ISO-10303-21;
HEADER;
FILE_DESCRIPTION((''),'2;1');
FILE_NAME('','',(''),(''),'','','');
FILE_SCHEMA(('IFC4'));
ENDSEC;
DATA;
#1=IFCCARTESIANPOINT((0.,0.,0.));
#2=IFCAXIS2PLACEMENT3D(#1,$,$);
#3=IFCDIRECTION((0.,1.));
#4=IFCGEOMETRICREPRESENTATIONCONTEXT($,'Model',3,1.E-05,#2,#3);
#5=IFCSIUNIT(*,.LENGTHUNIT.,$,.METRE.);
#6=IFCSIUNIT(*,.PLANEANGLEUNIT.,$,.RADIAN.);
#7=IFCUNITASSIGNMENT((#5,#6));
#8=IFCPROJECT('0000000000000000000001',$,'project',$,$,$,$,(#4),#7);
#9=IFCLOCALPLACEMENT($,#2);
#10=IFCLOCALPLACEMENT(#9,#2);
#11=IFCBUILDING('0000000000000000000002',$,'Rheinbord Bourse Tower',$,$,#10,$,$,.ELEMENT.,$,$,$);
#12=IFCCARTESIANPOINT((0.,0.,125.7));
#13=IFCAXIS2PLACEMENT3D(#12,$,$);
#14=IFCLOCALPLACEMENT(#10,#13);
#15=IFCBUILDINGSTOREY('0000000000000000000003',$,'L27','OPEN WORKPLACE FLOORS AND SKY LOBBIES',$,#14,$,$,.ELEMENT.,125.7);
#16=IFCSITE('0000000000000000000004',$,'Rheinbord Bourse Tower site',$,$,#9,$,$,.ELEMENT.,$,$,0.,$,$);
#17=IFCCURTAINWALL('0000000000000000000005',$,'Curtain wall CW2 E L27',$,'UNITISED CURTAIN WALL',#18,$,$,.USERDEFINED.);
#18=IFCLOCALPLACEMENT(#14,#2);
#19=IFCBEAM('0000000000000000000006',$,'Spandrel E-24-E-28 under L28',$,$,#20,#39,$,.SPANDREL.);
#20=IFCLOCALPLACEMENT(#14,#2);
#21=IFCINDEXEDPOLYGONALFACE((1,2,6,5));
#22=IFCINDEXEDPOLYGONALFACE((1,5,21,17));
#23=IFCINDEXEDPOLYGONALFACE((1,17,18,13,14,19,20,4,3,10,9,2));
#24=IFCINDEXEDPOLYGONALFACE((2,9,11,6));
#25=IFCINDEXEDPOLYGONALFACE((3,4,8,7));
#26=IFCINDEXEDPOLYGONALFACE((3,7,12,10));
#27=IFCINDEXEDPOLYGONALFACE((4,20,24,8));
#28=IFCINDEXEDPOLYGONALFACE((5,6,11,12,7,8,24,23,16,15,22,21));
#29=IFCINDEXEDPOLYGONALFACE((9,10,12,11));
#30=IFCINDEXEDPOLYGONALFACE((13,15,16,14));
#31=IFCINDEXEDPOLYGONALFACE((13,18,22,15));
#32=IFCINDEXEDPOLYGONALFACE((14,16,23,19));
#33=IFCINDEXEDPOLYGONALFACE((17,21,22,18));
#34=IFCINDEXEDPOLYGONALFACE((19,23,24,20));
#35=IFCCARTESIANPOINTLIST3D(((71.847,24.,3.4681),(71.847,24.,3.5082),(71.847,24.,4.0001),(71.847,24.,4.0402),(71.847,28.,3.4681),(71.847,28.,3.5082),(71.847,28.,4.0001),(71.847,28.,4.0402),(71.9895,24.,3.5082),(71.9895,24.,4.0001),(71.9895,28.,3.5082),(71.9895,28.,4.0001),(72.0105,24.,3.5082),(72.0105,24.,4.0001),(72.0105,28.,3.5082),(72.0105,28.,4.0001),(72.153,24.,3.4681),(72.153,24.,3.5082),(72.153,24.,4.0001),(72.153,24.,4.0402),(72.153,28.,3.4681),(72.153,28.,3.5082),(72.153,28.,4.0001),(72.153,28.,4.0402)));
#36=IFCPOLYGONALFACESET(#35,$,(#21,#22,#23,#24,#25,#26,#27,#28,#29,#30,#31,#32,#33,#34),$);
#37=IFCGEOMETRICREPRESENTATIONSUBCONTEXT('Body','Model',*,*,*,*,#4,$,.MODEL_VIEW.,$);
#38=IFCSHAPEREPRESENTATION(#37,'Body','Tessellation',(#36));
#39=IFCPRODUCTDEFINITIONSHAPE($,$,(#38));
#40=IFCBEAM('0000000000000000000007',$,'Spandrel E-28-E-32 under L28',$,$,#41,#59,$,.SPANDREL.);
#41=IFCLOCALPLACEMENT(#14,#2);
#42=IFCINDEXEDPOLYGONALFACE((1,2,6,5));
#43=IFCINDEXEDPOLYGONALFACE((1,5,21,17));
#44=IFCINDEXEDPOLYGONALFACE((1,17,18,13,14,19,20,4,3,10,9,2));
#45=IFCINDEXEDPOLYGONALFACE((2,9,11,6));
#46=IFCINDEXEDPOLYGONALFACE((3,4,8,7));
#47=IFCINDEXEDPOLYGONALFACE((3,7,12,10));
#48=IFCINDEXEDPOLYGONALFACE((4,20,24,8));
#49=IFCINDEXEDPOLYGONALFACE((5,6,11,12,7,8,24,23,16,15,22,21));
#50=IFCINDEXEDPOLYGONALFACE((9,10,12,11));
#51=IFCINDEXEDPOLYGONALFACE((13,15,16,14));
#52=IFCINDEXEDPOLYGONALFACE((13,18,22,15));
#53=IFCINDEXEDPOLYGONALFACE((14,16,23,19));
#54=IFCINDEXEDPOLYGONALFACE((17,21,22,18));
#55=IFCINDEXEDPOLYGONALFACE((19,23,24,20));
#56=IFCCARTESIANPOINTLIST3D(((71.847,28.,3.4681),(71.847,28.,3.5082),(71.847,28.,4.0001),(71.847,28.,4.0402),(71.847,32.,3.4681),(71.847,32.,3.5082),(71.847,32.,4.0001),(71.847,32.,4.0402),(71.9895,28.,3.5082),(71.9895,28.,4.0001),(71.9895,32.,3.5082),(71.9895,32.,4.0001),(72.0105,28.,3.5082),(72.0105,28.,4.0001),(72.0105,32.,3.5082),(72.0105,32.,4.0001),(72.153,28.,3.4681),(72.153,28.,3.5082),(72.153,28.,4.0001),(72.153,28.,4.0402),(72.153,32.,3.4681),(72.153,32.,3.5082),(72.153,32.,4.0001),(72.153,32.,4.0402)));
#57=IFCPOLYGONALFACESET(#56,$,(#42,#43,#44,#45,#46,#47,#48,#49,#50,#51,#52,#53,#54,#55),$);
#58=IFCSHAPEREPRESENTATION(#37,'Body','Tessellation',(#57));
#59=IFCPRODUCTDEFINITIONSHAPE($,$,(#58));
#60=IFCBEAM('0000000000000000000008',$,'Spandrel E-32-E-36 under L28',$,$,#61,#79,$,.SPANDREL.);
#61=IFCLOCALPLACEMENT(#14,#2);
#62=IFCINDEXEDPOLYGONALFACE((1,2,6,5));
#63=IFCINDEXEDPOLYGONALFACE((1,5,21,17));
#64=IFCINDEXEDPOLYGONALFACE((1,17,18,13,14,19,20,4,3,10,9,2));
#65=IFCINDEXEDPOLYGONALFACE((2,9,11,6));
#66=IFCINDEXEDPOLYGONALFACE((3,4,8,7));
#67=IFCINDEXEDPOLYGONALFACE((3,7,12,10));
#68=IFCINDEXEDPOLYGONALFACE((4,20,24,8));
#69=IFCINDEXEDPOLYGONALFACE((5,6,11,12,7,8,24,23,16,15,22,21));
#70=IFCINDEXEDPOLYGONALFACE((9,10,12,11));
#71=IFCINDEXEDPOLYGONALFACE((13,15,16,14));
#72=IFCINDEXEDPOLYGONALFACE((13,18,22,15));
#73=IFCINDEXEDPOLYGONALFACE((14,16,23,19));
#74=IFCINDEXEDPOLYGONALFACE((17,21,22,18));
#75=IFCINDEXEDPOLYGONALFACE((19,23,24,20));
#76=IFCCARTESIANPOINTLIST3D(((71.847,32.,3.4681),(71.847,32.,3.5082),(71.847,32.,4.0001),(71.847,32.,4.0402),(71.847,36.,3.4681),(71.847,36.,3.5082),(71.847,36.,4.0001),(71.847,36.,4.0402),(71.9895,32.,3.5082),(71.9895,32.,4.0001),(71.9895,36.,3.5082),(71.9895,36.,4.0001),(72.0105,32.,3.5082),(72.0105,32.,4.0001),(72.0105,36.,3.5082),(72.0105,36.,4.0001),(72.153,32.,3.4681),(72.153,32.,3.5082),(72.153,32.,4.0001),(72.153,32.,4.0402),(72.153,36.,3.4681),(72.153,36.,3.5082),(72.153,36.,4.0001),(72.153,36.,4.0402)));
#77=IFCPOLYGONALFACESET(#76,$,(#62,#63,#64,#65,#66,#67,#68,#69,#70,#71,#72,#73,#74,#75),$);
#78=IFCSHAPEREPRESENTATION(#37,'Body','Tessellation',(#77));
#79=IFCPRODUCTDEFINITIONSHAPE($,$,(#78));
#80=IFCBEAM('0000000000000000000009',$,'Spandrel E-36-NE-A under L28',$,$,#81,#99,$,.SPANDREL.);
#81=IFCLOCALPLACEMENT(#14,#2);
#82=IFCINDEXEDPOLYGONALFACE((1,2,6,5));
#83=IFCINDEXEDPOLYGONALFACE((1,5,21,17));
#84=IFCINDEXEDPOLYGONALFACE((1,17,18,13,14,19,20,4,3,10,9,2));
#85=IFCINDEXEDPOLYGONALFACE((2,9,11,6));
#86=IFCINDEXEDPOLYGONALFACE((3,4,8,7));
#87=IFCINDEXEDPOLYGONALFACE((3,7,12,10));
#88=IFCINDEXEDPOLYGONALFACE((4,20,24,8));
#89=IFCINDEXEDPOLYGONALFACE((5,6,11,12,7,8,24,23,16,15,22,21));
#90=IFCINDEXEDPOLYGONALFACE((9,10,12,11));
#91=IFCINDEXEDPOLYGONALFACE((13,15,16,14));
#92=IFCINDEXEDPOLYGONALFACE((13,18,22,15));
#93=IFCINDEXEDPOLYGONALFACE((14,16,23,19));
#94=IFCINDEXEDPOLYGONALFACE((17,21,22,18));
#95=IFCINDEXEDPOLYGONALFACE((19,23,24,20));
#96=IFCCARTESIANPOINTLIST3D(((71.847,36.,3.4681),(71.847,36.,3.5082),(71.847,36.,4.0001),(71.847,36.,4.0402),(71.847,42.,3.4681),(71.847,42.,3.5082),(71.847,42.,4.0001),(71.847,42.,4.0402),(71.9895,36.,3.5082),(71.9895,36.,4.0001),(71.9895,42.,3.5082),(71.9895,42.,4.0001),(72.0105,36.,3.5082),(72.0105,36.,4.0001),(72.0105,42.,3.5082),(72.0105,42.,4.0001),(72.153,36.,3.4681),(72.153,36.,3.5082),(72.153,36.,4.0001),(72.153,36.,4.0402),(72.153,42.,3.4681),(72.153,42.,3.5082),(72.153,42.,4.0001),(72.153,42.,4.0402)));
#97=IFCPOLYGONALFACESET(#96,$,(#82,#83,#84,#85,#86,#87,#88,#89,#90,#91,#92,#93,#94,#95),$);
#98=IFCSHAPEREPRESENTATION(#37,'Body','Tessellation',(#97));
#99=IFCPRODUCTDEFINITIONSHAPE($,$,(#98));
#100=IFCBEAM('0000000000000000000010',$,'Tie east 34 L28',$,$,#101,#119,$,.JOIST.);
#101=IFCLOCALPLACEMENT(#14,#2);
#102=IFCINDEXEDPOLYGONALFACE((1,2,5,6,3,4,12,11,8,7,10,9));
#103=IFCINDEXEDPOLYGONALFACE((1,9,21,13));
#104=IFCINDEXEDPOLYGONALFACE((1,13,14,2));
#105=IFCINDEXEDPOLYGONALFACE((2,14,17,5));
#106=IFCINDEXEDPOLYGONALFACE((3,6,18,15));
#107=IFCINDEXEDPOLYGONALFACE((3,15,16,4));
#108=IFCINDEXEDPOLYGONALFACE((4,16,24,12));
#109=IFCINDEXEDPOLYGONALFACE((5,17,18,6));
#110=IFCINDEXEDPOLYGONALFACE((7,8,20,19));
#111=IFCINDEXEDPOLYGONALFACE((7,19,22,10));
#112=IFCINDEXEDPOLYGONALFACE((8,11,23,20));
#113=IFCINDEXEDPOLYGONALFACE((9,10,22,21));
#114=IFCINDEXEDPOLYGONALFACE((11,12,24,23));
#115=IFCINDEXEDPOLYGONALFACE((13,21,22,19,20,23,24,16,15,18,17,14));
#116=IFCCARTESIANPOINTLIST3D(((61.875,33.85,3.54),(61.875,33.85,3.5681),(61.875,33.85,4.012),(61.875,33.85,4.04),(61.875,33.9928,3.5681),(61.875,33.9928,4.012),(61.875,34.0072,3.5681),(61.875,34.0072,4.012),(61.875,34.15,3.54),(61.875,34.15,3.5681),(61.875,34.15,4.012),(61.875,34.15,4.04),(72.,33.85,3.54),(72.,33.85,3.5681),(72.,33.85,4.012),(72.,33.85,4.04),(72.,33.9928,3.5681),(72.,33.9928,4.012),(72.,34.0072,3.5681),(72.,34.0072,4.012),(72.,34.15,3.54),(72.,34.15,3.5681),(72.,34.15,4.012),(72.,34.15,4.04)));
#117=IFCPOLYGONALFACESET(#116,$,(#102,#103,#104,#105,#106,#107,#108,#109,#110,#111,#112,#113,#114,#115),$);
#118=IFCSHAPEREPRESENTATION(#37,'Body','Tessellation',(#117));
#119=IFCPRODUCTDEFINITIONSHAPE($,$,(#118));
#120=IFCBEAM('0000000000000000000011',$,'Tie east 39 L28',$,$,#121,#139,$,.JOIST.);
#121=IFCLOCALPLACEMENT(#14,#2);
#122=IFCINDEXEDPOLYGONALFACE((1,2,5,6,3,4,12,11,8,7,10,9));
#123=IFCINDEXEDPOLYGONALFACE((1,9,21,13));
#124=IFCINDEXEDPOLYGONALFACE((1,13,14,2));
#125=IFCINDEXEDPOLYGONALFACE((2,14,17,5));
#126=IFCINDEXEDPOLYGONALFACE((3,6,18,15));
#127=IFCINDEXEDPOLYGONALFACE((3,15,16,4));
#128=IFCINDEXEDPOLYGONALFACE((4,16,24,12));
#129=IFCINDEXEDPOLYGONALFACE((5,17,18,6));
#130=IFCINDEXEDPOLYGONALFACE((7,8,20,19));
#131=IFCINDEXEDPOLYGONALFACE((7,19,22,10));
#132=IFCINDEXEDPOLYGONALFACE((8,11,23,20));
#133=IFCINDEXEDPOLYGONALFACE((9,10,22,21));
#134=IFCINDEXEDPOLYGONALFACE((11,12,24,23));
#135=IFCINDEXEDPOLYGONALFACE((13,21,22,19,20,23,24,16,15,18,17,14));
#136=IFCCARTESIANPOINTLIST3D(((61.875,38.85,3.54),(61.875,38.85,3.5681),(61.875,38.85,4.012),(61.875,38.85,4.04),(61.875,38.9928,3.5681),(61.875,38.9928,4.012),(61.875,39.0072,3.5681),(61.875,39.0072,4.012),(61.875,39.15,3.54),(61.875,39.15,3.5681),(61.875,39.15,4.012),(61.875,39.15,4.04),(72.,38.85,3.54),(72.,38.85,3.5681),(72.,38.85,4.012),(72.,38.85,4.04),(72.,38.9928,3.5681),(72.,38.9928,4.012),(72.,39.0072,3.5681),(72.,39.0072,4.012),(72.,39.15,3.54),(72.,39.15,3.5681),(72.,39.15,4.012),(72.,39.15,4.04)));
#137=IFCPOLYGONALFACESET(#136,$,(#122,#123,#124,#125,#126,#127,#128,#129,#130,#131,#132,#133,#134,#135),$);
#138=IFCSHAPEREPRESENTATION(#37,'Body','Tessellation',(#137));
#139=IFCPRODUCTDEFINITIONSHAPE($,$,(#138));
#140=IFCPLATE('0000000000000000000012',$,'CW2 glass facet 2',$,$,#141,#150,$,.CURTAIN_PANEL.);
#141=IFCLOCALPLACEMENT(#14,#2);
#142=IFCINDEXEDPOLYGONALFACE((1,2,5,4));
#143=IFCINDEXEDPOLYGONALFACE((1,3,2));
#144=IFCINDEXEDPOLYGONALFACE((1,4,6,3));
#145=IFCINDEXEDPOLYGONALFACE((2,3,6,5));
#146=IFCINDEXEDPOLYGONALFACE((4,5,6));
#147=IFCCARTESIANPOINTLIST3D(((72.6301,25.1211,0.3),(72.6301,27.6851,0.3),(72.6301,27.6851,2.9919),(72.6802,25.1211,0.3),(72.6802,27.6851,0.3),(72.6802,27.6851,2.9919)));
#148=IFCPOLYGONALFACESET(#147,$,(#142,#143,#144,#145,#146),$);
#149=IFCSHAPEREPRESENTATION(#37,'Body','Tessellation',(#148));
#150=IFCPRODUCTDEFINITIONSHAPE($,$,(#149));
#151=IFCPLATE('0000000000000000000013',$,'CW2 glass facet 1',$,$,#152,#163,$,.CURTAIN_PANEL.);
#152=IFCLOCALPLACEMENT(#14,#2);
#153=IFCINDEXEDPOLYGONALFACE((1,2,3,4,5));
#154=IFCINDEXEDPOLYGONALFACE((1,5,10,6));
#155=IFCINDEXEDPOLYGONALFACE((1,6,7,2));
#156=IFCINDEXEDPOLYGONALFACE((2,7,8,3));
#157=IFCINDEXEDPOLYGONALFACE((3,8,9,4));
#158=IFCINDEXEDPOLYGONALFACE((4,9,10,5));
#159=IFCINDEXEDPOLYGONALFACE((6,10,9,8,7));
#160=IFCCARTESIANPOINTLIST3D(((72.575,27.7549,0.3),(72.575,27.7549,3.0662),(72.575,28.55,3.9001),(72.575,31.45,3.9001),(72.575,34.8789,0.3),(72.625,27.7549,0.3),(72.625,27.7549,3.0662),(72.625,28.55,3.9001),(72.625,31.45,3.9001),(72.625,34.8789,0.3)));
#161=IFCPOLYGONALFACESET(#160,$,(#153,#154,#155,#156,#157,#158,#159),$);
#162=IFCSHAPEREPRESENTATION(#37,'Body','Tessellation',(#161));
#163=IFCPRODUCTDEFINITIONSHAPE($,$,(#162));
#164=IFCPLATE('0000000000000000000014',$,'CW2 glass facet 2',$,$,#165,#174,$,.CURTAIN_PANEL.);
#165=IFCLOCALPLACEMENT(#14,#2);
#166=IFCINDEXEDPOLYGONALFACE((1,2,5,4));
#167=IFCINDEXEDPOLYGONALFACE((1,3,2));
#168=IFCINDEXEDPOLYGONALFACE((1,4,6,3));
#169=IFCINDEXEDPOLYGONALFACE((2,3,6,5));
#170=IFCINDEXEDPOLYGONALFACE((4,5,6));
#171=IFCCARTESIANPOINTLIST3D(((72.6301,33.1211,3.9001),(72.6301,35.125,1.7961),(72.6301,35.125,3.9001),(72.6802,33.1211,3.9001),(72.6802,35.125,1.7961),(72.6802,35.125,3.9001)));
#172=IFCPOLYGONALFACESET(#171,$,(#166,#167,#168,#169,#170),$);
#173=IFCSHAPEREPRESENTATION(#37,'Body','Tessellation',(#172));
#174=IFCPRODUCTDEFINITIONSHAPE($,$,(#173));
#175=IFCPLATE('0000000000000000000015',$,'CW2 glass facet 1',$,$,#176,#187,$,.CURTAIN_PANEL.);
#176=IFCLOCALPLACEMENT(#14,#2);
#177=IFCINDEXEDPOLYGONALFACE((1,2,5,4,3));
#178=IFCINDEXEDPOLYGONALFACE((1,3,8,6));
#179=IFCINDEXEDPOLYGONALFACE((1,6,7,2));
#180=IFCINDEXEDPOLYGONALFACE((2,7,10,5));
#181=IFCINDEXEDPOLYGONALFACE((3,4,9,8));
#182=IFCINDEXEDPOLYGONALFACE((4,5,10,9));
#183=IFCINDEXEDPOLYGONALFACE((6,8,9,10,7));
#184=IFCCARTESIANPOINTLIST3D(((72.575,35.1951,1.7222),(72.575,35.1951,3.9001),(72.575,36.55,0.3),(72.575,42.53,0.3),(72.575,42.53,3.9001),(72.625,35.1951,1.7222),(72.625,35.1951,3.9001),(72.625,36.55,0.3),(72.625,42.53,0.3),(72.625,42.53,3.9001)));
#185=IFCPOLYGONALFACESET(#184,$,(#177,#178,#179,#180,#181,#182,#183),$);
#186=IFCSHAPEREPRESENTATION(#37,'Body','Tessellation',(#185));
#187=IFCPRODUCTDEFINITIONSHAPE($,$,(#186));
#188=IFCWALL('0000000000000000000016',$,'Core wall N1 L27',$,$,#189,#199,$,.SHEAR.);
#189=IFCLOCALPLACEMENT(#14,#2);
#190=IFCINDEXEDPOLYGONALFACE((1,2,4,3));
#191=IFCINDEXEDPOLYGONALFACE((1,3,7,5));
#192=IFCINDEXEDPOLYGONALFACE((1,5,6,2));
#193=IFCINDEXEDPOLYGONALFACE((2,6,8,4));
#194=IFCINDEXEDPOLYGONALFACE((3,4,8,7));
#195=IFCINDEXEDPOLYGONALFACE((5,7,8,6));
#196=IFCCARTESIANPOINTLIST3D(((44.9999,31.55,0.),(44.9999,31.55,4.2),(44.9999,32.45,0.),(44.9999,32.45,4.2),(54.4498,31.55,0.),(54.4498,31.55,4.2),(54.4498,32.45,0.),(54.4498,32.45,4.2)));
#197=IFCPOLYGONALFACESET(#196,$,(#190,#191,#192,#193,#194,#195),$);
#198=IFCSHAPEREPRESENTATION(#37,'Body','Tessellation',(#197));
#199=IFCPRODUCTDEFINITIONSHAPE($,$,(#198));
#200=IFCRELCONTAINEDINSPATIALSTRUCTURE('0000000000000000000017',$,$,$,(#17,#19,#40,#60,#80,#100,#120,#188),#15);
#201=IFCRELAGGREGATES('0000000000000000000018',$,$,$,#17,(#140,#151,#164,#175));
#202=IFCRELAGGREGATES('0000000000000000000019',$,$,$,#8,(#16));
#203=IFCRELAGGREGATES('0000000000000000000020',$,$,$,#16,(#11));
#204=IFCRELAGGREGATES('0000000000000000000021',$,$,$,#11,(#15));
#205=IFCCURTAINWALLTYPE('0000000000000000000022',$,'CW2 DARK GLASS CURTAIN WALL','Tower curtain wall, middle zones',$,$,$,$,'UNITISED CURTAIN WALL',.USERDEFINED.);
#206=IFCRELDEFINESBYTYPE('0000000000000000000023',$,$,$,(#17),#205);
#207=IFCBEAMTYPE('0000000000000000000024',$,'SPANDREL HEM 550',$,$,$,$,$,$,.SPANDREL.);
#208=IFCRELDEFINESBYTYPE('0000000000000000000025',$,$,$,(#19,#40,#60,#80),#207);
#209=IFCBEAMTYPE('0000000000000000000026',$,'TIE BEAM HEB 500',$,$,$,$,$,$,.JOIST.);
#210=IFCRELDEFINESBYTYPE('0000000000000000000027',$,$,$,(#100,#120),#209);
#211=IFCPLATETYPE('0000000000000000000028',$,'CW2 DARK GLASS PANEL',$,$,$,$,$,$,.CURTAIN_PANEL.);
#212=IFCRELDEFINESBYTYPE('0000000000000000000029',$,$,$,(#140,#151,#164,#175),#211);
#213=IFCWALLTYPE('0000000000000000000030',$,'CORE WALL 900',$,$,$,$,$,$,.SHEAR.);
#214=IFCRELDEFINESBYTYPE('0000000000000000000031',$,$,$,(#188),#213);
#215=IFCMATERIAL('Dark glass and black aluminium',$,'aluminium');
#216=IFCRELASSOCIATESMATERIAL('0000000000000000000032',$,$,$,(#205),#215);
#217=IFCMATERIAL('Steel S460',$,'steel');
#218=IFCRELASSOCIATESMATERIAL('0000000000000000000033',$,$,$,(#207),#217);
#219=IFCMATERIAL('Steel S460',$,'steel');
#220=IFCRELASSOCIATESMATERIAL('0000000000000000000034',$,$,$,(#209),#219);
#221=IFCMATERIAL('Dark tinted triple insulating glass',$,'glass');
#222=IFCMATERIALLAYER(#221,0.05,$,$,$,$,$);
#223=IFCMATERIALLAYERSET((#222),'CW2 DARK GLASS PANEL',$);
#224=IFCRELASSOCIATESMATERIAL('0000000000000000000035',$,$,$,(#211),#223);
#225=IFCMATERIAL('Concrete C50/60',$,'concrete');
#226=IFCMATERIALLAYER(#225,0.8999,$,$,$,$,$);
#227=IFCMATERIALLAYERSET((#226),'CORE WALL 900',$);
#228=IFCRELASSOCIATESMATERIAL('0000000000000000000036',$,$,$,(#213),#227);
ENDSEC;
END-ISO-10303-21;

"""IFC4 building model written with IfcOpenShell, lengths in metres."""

from ifc_helpers import new_model, si_unit, direction, frame, frame_2d, origin, origin_2d, place, context, subcontext, project, spatial, polyline, rectangle, i_section, outline, extrude, material, layer, layer_set, material_profile, profile_set, type_object, element, aggregate, save


model = new_model("IFC4")

# Units and contexts
model_context = context("Model", 3, precision=1e-05, world=origin(), true_north=direction((0.0, 1.0)))
body_context = subcontext(model_context, "Body", "Model", "MODEL_VIEW")
ifc_project = project(units=[si_unit("LENGTHUNIT", "METRE"), si_unit("PLANEANGLEUNIT", "RADIAN")], contexts=[model_context])

# Site, building, storey
site_placement = place(None, origin())
site = spatial("IfcSite", under=ifc_project, at=site_placement, Name="Rheinbord Bourse Tower site", CompositionType="ELEMENT", RefElevation=0.0)
building_placement = place(site_placement, origin())
building = spatial("IfcBuilding", under=site, at=building_placement, Name="Rheinbord Bourse Tower", CompositionType="ELEMENT")
storey_placement = place(building_placement, frame((0.0, 0.0, 125.7)))
storey = spatial("IfcBuildingStorey", under=building, at=storey_placement, Name="L27", Description="OPEN WORKPLACE FLOORS AND SKY LOBBIES", CompositionType="ELEMENT", Elevation=125.7)

# Curtain wall
ifc_material_1 = material(Name="Dark glass and black aluminium", Category="aluminium")
curtain_wall_type = type_object("IfcCurtainWallType", Name="CW2 DARK GLASS CURTAIN WALL", Description="Tower curtain wall, middle zones", ElementType="UNITISED CURTAIN WALL", PredefinedType="USERDEFINED", material=ifc_material_1)
curtain_wall_placement = place(storey_placement, origin())
curtain_wall = element("IfcCurtainWall", 1, at=curtain_wall_placement, inside=storey, type_object=curtain_wall_type, Name="Curtain wall CW2 E L27", ObjectType="UNITISED CURTAIN WALL", PredefinedType="USERDEFINED")

# Beams
ifc_material_2 = material(Name="Steel S460", Category="steel")
ifc_material_profile_1 = material_profile(ifc_material_2, i_section(OverallWidth=0.3059, OverallDepth=0.572, WebThickness=0.021, FlangeThickness=0.04, at=origin_2d()), Name="HEM 550")
ifc_profile_set_1 = profile_set([ifc_material_profile_1], Name="Steel S460")
beam_type_1 = type_object("IfcBeamType", Name="SPANDREL HEM 550", PredefinedType="SPANDREL", material=ifc_profile_set_1)
for number, where, z_axis, x_axis, name in (
    (2, (72.0, 24.0, 3.7542), (0.0, 1.0, 0.0), (-1.0, 0.0, 0.0), "Spandrel E-24-E-28 under L28"),
    (3, (72.0, 28.0, 3.7542), (0.0, 1.0, 0.0), (-1.0, 0.0, 0.0), "Spandrel E-28-E-32 under L28"),
    (4, (72.0, 32.0, 3.7542), (0.0, 1.0, 0.0), (-1.0, 0.0, 0.0), "Spandrel E-32-E-36 under L28"),
):
    element("IfcBeam", number, at=place(storey_placement, frame(where, z_axis=z_axis, x_axis=x_axis)), inside=storey, type_object=beam_type_1, Name=name, PredefinedType="SPANDREL", context=body_context, shape_type="SweptSolid", body=[
        extrude(i_section(OverallWidth=0.3059, OverallDepth=0.572, WebThickness=0.021, FlangeThickness=0.04, at=origin_2d()), origin(), (0.0, 0.0, 1.0), 4.0),
    ])
beam_1_placement = place(storey_placement, frame((72.0, 36.0, 3.7542), z_axis=(0.0, 1.0, 0.0), x_axis=(-1.0, 0.0, 0.0)))
element("IfcBeam", 5, at=beam_1_placement, inside=storey, type_object=beam_type_1, Name="Spandrel E-36-NE-A under L28", PredefinedType="SPANDREL", context=body_context, shape_type="SweptSolid", body=[
    extrude(i_section(OverallWidth=0.3059, OverallDepth=0.572, WebThickness=0.021, FlangeThickness=0.04, at=origin_2d()), origin(), (0.0, 0.0, 1.0), 6.0),
])
ifc_material_3 = material(Name="Steel S460", Category="steel")
ifc_material_profile_2 = material_profile(ifc_material_3, i_section(OverallWidth=0.3, OverallDepth=0.5, WebThickness=0.0144, FlangeThickness=0.0281, at=origin_2d()), Name="HEB 500")
ifc_profile_set_2 = profile_set([ifc_material_profile_2], Name="Steel S460")
beam_type_2 = type_object("IfcBeamType", Name="TIE BEAM HEB 500", PredefinedType="JOIST", material=ifc_profile_set_2)
for number, where, z_axis, x_axis, name in (
    (6, (61.875, 34.0, 3.79), (1.0, 0.0, 0.0), (0.0, 1.0, 0.0), "Tie east 34 L28"),
    (7, (61.875, 39.0, 3.79), (1.0, 0.0, 0.0), (0.0, 1.0, 0.0), "Tie east 39 L28"),
):
    element("IfcBeam", number, at=place(storey_placement, frame(where, z_axis=z_axis, x_axis=x_axis)), inside=storey, type_object=beam_type_2, Name=name, PredefinedType="JOIST", context=body_context, shape_type="SweptSolid", body=[
        extrude(i_section(OverallWidth=0.3, OverallDepth=0.5, WebThickness=0.0144, FlangeThickness=0.0281, at=origin_2d()), origin(), (0.0, 0.0, 1.0), 10.125),
    ])

# Plates
ifc_material_4 = material(Name="Dark tinted triple insulating glass", Category="glass")
ifc_layer_1 = layer(ifc_material_4, 0.05)
ifc_layer_set_1 = layer_set([ifc_layer_1], Name="CW2 DARK GLASS PANEL")
plate_type = type_object("IfcPlateType", Name="CW2 DARK GLASS PANEL", PredefinedType="CURTAIN_PANEL", material=ifc_layer_set_1)
plate_1_placement = place(storey_placement, frame((72.6802, 27.6851, 0.3), z_axis=(-1.0, 0.0, 0.0), x_axis=(0.0, -1.0, 0.0)))
plate_1 = element("IfcPlate", 8, at=plate_1_placement, type_object=plate_type, Name="CW2 glass facet 2", PredefinedType="CURTAIN_PANEL", context=body_context, shape_type="SweptSolid", body=[
    extrude(outline(polyline([(0.0, 0.0), (2.564, 0.0), (0.0, 2.6919), (0.0, 0.0)])), origin(), (0.0, 0.0, 1.0), 0.05),
])
plate_2_placement = place(storey_placement, frame((72.625, 27.7549, 0.3), z_axis=(-1.0, 0.0, 0.0), x_axis=(0.0, 0.0, 1.0)))
plate_2 = element("IfcPlate", 9, at=plate_2_placement, type_object=plate_type, Name="CW2 glass facet 1", PredefinedType="CURTAIN_PANEL", context=body_context, shape_type="SweptSolid", body=[
    extrude(outline(polyline([(0.0, 0.0), (2.7661, 0.0), (3.6001, 0.7952), (3.6001, 3.6951), (0.0, 7.124), (0.0, 0.0)])), origin(), (0.0, 0.0, 1.0), 0.05),
])
plate_3_placement = place(storey_placement, frame((72.6802, 35.125, 3.9001), z_axis=(-1.0, 0.0, 0.0), x_axis=(0.0, 0.0, -1.0)))
plate_3 = element("IfcPlate", 10, at=plate_3_placement, type_object=plate_type, Name="CW2 glass facet 2", PredefinedType="CURTAIN_PANEL", context=body_context, shape_type="SweptSolid", body=[
    extrude(outline(polyline([(0.0, 0.0), (2.104, 0.0), (0.0, 2.0039), (0.0, 0.0)])), origin(), (0.0, 0.0, 1.0), 0.05),
])
plate_4_placement = place(storey_placement, frame((72.625, 35.1951, 3.9001), z_axis=(-1.0, 0.0, 0.0), x_axis=(0.0, 1.0, 0.0)))
plate_4 = element("IfcPlate", 11, at=plate_4_placement, type_object=plate_type, Name="CW2 glass facet 1", PredefinedType="CURTAIN_PANEL", context=body_context, shape_type="SweptSolid", body=[
    extrude(outline(polyline([(0.0, 0.0), (7.335, 0.0), (7.335, 3.6001), (1.355, 3.6001), (0.0, 2.178), (0.0, 0.0)])), origin(), (0.0, 0.0, 1.0), 0.05),
])
aggregate(curtain_wall, [plate_1, plate_2, plate_3, plate_4])

# Wall
ifc_material_5 = material(Name="Concrete C50/60", Category="concrete")
ifc_layer_2 = layer(ifc_material_5, 0.8999)
ifc_layer_set_2 = layer_set([ifc_layer_2], Name="CORE WALL 900")
wall_type_1 = type_object("IfcWallType", Name="CORE WALL 900", PredefinedType="SHEAR", material=ifc_layer_set_2)
wall_1_placement = place(storey_placement, frame((54.45, 32.0, 0.0), z_axis=(0.0, 0.0, 1.0), x_axis=(-1.0, 0.0, 0.0)))
element("IfcWall", 12, at=wall_1_placement, inside=storey, type_object=wall_type_1, Name="Core wall N1 L27", PredefinedType="SHEAR", context=body_context, shape_type="SweptSolid", body=[
    extrude(rectangle(XDim=9.45, YDim=0.8999, at=frame_2d((4.7251, 0.0))), origin(), (0.0, 0.0, 1.0), 4.2),
])

save(model, "model.ifc")
